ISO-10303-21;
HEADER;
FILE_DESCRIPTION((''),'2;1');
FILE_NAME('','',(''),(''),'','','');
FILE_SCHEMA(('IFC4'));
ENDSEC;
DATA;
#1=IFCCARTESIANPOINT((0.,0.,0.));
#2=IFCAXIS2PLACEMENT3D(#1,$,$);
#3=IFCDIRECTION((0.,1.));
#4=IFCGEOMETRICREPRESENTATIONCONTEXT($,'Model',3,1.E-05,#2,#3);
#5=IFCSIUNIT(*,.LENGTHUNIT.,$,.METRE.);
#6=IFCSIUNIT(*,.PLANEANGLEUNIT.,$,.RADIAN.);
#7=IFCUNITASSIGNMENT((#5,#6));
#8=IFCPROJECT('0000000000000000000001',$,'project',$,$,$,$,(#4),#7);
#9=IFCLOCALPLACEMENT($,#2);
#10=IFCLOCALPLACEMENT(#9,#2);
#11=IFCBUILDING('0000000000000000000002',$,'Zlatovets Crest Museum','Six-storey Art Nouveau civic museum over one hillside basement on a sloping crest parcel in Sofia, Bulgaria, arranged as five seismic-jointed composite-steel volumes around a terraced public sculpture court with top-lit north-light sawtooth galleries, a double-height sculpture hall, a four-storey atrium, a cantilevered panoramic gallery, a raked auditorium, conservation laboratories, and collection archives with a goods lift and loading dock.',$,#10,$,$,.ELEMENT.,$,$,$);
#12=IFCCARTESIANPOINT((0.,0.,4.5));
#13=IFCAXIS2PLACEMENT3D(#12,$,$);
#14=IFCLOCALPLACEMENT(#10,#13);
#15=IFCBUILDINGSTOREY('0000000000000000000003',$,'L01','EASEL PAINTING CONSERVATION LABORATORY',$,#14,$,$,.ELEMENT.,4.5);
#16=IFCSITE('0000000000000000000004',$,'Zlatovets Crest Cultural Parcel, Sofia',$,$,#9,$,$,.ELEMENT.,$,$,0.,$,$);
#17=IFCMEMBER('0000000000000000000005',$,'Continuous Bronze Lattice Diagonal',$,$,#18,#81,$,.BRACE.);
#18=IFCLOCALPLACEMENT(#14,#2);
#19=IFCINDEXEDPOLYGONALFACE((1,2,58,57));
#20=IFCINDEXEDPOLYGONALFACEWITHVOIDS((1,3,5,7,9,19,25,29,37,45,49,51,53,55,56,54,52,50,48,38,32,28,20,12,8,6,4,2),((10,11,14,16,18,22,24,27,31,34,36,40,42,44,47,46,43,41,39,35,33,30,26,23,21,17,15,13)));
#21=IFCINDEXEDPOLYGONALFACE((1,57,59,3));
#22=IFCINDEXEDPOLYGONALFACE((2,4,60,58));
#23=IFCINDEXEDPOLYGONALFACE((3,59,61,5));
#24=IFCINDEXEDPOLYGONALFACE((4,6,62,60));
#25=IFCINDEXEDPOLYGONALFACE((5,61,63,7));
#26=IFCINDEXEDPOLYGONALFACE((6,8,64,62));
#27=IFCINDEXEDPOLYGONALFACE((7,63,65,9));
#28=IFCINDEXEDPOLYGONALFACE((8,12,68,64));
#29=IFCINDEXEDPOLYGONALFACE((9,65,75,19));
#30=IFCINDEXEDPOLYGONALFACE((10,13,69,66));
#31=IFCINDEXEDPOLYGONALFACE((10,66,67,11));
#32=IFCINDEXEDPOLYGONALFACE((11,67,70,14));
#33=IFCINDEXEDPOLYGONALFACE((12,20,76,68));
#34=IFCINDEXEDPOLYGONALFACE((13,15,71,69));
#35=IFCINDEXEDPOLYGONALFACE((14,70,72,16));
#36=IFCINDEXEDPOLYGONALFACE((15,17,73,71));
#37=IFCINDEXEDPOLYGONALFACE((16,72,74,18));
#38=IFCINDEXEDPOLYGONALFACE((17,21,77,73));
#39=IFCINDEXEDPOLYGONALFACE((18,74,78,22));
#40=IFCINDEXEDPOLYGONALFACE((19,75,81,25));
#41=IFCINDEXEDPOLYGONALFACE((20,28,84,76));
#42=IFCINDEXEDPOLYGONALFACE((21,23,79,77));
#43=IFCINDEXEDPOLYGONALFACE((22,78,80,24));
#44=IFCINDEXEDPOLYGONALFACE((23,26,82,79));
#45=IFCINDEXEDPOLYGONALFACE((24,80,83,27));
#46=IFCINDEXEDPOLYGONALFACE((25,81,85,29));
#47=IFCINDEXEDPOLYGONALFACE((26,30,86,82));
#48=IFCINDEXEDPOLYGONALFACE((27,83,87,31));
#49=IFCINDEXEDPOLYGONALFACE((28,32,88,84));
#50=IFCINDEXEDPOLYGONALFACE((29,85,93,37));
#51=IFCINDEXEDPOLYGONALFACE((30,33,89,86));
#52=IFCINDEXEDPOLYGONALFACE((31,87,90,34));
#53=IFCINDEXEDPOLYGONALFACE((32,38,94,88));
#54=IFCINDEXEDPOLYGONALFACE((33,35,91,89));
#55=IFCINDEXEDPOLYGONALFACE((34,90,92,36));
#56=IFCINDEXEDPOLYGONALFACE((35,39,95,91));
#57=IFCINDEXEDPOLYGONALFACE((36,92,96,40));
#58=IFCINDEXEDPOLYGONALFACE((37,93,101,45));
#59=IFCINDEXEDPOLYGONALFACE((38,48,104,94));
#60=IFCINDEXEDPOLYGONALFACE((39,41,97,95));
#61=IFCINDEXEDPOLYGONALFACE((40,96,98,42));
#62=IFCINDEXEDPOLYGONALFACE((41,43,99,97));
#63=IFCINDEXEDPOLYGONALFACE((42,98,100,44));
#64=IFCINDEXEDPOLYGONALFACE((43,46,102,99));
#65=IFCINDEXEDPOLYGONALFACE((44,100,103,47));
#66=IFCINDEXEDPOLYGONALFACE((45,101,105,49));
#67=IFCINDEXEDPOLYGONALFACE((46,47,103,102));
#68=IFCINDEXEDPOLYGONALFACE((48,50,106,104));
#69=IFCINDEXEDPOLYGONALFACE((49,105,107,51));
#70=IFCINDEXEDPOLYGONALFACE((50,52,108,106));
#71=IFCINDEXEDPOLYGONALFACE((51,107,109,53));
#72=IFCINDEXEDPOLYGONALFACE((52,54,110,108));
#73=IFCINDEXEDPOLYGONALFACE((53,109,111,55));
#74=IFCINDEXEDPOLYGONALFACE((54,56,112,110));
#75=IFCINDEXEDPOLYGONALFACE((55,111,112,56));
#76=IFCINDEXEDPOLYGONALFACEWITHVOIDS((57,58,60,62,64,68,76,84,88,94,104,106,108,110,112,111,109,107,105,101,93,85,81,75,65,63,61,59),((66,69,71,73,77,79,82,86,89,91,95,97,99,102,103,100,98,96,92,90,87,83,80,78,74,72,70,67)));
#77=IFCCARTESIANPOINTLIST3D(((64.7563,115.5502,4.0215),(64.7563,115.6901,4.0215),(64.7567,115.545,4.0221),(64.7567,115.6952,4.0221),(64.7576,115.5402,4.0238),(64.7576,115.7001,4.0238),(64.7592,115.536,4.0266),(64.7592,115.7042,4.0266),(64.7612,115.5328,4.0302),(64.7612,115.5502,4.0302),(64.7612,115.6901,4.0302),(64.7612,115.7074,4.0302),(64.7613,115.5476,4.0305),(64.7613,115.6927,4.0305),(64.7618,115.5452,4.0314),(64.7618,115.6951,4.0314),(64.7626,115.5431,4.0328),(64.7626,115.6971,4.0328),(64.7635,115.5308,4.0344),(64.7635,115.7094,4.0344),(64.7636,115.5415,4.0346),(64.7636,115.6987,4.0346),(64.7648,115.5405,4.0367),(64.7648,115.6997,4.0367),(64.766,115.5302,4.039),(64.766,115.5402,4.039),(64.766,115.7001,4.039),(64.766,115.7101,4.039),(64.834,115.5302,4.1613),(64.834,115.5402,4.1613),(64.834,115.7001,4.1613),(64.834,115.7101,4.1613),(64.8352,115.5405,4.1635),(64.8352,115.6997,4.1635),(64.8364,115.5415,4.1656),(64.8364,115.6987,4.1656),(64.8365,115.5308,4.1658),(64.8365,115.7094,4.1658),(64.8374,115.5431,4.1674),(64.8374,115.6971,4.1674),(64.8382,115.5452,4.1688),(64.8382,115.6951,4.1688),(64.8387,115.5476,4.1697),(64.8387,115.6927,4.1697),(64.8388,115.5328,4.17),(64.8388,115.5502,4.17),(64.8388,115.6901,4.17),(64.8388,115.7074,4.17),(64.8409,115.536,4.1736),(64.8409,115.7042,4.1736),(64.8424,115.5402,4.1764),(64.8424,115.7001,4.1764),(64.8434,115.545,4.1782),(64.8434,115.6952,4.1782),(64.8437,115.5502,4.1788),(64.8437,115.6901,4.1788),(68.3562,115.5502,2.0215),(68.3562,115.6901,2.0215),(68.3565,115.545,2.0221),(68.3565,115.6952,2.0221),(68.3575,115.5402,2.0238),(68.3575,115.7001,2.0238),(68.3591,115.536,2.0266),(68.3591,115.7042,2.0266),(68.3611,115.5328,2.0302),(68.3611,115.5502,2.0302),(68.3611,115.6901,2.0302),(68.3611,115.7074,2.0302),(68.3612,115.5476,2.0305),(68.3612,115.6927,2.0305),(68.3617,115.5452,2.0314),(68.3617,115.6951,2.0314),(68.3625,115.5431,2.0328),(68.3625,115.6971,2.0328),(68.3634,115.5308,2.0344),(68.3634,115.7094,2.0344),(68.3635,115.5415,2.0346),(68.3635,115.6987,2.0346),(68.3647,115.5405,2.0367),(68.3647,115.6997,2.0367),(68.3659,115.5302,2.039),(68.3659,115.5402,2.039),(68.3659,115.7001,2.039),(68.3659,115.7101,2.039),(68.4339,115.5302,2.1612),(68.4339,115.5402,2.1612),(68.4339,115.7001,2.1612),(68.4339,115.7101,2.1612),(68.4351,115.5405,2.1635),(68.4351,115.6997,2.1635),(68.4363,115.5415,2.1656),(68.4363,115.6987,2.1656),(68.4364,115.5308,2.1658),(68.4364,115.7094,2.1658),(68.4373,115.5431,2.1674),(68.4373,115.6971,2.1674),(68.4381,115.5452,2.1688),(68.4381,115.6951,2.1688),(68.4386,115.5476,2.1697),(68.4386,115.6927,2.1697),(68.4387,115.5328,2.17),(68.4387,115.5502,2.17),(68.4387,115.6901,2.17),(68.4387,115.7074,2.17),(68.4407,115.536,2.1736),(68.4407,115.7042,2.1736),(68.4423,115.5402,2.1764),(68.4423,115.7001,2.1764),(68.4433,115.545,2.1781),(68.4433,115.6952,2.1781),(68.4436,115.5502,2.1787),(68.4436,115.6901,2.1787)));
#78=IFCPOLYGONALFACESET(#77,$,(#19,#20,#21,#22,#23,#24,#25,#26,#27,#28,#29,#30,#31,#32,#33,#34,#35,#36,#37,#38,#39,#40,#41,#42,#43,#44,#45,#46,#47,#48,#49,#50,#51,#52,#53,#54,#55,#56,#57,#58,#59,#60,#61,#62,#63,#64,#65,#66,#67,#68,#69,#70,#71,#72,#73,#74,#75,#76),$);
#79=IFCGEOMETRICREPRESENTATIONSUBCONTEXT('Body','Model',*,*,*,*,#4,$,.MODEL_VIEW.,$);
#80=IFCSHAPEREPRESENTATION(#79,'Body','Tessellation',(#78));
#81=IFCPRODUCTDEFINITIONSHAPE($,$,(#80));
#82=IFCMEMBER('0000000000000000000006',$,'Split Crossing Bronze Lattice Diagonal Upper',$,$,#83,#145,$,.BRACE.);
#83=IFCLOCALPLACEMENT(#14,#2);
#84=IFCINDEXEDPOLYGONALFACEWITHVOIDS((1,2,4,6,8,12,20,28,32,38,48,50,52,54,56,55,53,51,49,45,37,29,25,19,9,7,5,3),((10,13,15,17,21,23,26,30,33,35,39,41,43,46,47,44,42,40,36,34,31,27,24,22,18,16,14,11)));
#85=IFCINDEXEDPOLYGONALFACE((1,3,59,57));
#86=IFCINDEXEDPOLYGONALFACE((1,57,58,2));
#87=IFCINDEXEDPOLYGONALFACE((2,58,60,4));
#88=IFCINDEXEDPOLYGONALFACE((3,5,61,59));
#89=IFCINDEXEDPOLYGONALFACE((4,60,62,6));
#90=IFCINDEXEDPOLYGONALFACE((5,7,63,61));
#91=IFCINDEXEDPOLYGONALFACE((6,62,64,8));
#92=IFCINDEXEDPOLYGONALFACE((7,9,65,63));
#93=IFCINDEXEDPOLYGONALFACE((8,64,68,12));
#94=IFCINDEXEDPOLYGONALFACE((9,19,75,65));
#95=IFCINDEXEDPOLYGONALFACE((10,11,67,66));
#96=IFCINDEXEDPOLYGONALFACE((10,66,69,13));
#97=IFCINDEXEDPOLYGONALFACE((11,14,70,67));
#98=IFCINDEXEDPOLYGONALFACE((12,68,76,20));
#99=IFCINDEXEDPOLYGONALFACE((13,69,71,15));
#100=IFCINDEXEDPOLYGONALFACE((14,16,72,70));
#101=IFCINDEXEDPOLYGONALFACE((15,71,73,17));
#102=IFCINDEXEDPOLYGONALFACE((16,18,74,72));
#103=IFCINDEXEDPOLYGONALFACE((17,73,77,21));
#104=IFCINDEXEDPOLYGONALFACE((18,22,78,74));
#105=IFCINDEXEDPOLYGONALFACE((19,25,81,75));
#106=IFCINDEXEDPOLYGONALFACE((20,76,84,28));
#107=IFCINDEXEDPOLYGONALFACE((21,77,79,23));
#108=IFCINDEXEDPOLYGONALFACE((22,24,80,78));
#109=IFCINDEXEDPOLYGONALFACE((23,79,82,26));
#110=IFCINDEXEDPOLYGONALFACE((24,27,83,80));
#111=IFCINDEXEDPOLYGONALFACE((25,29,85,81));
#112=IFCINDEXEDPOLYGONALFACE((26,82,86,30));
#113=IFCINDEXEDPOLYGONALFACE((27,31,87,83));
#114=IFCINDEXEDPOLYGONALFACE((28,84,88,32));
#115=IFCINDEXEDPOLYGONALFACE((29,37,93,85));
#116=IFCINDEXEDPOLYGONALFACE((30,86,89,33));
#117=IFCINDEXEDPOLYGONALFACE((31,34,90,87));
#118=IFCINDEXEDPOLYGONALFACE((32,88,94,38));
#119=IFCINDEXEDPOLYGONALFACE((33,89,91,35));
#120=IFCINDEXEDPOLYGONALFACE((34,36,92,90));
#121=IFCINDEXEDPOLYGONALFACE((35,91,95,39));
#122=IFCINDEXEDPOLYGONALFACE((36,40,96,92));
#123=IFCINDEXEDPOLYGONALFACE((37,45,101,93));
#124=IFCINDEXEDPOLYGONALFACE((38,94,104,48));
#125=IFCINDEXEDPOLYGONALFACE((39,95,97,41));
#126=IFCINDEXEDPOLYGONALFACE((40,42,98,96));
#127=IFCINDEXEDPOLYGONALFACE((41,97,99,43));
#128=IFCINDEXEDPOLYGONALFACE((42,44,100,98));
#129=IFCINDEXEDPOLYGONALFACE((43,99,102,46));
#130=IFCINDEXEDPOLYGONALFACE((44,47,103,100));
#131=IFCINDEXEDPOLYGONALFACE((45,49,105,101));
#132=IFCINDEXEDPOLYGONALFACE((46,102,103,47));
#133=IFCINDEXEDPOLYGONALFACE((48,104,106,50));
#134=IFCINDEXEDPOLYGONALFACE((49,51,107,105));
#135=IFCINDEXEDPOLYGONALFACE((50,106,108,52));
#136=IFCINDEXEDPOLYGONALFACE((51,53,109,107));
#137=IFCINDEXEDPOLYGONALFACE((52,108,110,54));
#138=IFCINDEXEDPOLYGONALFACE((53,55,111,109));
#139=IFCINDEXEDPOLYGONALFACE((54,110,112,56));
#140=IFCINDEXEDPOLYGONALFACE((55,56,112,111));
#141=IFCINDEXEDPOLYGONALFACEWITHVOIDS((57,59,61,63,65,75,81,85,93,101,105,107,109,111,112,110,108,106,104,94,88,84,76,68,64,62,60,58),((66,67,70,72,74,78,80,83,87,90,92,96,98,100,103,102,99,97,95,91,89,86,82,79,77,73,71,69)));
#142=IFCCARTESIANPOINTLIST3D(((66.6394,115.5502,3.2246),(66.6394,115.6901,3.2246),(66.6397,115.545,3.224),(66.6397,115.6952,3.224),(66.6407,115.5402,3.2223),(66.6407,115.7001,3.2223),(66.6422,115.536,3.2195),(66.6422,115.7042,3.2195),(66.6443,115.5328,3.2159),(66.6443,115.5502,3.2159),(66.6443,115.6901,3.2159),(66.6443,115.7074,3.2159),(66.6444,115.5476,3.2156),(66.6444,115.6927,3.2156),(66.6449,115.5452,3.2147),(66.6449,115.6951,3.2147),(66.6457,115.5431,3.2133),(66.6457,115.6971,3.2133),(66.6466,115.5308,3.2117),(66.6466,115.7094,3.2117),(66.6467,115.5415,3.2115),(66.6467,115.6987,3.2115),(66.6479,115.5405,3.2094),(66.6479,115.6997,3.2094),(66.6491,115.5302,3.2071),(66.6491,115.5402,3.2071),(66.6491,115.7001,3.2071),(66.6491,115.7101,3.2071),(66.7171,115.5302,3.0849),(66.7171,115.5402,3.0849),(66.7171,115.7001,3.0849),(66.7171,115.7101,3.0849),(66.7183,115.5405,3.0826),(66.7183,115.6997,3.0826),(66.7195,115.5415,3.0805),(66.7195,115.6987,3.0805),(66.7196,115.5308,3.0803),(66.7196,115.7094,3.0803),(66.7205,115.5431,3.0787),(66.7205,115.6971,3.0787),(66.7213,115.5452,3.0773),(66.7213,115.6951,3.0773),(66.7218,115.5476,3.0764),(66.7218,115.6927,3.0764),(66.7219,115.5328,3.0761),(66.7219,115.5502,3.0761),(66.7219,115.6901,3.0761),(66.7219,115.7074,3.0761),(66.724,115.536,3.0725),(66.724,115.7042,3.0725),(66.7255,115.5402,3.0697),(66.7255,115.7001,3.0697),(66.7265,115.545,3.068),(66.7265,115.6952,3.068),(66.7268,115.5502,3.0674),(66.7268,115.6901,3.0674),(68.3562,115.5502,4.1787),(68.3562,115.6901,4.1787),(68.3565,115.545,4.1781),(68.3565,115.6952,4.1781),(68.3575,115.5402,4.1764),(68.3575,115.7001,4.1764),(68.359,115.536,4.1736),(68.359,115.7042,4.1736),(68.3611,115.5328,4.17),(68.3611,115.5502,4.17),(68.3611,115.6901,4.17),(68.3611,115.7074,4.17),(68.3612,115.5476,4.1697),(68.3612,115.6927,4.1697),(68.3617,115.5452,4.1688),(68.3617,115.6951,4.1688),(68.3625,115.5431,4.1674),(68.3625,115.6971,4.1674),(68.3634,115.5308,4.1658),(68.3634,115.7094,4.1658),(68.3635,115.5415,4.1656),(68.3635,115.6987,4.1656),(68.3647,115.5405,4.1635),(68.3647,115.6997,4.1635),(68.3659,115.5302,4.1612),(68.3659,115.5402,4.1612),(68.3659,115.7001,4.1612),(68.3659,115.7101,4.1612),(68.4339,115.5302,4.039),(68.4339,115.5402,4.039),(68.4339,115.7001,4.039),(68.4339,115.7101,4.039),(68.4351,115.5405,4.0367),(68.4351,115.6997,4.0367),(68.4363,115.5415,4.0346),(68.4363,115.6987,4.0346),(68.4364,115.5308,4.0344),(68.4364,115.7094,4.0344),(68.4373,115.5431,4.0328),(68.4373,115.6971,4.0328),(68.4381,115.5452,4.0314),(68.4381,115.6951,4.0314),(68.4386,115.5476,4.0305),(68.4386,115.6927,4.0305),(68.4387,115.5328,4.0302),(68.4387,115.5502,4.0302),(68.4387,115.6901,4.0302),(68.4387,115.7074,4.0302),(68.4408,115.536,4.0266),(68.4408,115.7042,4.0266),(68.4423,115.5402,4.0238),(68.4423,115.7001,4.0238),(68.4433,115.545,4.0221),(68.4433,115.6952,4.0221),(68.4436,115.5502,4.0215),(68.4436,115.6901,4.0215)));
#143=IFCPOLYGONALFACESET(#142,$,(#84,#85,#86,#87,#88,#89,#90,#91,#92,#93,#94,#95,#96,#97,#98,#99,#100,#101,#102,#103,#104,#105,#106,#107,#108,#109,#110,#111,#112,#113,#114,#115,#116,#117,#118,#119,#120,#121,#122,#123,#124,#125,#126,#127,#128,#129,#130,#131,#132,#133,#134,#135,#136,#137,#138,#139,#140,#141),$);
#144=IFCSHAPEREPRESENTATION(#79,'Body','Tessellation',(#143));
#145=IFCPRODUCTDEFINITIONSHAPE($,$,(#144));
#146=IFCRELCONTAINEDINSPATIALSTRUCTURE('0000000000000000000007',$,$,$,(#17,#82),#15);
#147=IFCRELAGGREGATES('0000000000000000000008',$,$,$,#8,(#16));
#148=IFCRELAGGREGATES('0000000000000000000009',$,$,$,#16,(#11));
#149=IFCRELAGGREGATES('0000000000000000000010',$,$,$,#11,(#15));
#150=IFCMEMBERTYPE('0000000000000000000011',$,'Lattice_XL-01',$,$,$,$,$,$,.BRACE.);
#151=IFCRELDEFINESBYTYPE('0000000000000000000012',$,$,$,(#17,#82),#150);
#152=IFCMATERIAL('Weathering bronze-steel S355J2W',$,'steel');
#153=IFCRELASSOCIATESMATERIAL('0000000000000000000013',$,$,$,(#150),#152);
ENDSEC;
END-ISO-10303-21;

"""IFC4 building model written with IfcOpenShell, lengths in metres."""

from ifc_helpers import new_model, si_unit, direction, frame, origin, origin_2d, place, context, subcontext, project, spatial, hollow_rectangle, extrude, material, material_profile, profile_set, type_object, element, save


model = new_model("IFC4")

# Units and contexts
model_context = context("Model", 3, precision=1e-05, world=origin(), true_north=direction((0.0, 1.0)))
body_context = subcontext(model_context, "Body", "Model", "MODEL_VIEW")
ifc_project = project(units=[si_unit("LENGTHUNIT", "METRE"), si_unit("PLANEANGLEUNIT", "RADIAN")], contexts=[model_context])

# Site, building, storey
site_placement = place(None, origin())
site = spatial("IfcSite", under=ifc_project, at=site_placement, Name="Zlatovets Crest Cultural Parcel, Sofia", CompositionType="ELEMENT", RefElevation=0.0)
building_placement = place(site_placement, origin())
building = spatial("IfcBuilding", under=site, at=building_placement, Name="Zlatovets Crest Museum", Description="Six-storey Art Nouveau civic museum over one hillside basement on a sloping crest parcel in Sofia, Bulgaria, arranged as five seismic-jointed composite-steel volumes around a terraced public sculpture court with top-lit north-light sawtooth galleries, a double-height sculpture hall, a four-storey atrium, a cantilevered panoramic gallery, a raked auditorium, conservation laboratories, and collection archives with a goods lift and loading dock.", CompositionType="ELEMENT")
storey_placement = place(building_placement, frame((0.0, 0.0, 4.5)))
storey = spatial("IfcBuildingStorey", under=building, at=storey_placement, Name="L01", Description="EASEL PAINTING CONSERVATION LABORATORY", CompositionType="ELEMENT", Elevation=4.5)

# Members
ifc_material_1 = material(Name="Weathering bronze-steel S355J2W", Category="steel")
ifc_material_profile_1 = material_profile(ifc_material_1, hollow_rectangle(XDim=0.1799, YDim=0.1799, WallThickness=0.01, InnerFilletRadius=0.01, OuterFilletRadius=0.02, at=origin_2d()), Name="SHS 180x180x10.0")
ifc_profile_set_1 = profile_set([ifc_material_profile_1], Name="Weathering bronze-steel S355J2W")
member_type_1 = type_object("IfcMemberType", Name="Lattice_XL-01", PredefinedType="BRACE", material=ifc_profile_set_1)
member_1_placement = place(storey_placement, frame((68.3999, 115.6201, 2.1001), z_axis=(-0.874149, 0.0, 0.485658), x_axis=(0.0, -1.0, 0.0)))
element("IfcMember", 1, at=member_1_placement, inside=storey, type_object=member_type_1, Name="Continuous Bronze Lattice Diagonal", PredefinedType="BRACE", context=body_context, shape_type="SweptSolid", body=[
    extrude(hollow_rectangle(XDim=0.1799, YDim=0.1799, WallThickness=0.01, InnerFilletRadius=0.01, OuterFilletRadius=0.02, at=origin_2d()), origin(), (0.0, 0.0, 1.0), 4.1182),
])
member_2_placement = place(storey_placement, frame((68.3999, 115.6201, 4.1001), z_axis=(-0.874087, 0.0, -0.48577), x_axis=(0.0, -1.0, 0.0)))
element("IfcMember", 2, at=member_2_placement, inside=storey, type_object=member_type_1, Name="Split Crossing Bronze Lattice Diagonal Upper", PredefinedType="BRACE", context=body_context, shape_type="SweptSolid", body=[
    extrude(hollow_rectangle(XDim=0.1799, YDim=0.1799, WallThickness=0.01, InnerFilletRadius=0.01, OuterFilletRadius=0.02, at=origin_2d()), origin(), (0.0, 0.0, 1.0), 1.9641),
])

save(model, "model.ifc")
